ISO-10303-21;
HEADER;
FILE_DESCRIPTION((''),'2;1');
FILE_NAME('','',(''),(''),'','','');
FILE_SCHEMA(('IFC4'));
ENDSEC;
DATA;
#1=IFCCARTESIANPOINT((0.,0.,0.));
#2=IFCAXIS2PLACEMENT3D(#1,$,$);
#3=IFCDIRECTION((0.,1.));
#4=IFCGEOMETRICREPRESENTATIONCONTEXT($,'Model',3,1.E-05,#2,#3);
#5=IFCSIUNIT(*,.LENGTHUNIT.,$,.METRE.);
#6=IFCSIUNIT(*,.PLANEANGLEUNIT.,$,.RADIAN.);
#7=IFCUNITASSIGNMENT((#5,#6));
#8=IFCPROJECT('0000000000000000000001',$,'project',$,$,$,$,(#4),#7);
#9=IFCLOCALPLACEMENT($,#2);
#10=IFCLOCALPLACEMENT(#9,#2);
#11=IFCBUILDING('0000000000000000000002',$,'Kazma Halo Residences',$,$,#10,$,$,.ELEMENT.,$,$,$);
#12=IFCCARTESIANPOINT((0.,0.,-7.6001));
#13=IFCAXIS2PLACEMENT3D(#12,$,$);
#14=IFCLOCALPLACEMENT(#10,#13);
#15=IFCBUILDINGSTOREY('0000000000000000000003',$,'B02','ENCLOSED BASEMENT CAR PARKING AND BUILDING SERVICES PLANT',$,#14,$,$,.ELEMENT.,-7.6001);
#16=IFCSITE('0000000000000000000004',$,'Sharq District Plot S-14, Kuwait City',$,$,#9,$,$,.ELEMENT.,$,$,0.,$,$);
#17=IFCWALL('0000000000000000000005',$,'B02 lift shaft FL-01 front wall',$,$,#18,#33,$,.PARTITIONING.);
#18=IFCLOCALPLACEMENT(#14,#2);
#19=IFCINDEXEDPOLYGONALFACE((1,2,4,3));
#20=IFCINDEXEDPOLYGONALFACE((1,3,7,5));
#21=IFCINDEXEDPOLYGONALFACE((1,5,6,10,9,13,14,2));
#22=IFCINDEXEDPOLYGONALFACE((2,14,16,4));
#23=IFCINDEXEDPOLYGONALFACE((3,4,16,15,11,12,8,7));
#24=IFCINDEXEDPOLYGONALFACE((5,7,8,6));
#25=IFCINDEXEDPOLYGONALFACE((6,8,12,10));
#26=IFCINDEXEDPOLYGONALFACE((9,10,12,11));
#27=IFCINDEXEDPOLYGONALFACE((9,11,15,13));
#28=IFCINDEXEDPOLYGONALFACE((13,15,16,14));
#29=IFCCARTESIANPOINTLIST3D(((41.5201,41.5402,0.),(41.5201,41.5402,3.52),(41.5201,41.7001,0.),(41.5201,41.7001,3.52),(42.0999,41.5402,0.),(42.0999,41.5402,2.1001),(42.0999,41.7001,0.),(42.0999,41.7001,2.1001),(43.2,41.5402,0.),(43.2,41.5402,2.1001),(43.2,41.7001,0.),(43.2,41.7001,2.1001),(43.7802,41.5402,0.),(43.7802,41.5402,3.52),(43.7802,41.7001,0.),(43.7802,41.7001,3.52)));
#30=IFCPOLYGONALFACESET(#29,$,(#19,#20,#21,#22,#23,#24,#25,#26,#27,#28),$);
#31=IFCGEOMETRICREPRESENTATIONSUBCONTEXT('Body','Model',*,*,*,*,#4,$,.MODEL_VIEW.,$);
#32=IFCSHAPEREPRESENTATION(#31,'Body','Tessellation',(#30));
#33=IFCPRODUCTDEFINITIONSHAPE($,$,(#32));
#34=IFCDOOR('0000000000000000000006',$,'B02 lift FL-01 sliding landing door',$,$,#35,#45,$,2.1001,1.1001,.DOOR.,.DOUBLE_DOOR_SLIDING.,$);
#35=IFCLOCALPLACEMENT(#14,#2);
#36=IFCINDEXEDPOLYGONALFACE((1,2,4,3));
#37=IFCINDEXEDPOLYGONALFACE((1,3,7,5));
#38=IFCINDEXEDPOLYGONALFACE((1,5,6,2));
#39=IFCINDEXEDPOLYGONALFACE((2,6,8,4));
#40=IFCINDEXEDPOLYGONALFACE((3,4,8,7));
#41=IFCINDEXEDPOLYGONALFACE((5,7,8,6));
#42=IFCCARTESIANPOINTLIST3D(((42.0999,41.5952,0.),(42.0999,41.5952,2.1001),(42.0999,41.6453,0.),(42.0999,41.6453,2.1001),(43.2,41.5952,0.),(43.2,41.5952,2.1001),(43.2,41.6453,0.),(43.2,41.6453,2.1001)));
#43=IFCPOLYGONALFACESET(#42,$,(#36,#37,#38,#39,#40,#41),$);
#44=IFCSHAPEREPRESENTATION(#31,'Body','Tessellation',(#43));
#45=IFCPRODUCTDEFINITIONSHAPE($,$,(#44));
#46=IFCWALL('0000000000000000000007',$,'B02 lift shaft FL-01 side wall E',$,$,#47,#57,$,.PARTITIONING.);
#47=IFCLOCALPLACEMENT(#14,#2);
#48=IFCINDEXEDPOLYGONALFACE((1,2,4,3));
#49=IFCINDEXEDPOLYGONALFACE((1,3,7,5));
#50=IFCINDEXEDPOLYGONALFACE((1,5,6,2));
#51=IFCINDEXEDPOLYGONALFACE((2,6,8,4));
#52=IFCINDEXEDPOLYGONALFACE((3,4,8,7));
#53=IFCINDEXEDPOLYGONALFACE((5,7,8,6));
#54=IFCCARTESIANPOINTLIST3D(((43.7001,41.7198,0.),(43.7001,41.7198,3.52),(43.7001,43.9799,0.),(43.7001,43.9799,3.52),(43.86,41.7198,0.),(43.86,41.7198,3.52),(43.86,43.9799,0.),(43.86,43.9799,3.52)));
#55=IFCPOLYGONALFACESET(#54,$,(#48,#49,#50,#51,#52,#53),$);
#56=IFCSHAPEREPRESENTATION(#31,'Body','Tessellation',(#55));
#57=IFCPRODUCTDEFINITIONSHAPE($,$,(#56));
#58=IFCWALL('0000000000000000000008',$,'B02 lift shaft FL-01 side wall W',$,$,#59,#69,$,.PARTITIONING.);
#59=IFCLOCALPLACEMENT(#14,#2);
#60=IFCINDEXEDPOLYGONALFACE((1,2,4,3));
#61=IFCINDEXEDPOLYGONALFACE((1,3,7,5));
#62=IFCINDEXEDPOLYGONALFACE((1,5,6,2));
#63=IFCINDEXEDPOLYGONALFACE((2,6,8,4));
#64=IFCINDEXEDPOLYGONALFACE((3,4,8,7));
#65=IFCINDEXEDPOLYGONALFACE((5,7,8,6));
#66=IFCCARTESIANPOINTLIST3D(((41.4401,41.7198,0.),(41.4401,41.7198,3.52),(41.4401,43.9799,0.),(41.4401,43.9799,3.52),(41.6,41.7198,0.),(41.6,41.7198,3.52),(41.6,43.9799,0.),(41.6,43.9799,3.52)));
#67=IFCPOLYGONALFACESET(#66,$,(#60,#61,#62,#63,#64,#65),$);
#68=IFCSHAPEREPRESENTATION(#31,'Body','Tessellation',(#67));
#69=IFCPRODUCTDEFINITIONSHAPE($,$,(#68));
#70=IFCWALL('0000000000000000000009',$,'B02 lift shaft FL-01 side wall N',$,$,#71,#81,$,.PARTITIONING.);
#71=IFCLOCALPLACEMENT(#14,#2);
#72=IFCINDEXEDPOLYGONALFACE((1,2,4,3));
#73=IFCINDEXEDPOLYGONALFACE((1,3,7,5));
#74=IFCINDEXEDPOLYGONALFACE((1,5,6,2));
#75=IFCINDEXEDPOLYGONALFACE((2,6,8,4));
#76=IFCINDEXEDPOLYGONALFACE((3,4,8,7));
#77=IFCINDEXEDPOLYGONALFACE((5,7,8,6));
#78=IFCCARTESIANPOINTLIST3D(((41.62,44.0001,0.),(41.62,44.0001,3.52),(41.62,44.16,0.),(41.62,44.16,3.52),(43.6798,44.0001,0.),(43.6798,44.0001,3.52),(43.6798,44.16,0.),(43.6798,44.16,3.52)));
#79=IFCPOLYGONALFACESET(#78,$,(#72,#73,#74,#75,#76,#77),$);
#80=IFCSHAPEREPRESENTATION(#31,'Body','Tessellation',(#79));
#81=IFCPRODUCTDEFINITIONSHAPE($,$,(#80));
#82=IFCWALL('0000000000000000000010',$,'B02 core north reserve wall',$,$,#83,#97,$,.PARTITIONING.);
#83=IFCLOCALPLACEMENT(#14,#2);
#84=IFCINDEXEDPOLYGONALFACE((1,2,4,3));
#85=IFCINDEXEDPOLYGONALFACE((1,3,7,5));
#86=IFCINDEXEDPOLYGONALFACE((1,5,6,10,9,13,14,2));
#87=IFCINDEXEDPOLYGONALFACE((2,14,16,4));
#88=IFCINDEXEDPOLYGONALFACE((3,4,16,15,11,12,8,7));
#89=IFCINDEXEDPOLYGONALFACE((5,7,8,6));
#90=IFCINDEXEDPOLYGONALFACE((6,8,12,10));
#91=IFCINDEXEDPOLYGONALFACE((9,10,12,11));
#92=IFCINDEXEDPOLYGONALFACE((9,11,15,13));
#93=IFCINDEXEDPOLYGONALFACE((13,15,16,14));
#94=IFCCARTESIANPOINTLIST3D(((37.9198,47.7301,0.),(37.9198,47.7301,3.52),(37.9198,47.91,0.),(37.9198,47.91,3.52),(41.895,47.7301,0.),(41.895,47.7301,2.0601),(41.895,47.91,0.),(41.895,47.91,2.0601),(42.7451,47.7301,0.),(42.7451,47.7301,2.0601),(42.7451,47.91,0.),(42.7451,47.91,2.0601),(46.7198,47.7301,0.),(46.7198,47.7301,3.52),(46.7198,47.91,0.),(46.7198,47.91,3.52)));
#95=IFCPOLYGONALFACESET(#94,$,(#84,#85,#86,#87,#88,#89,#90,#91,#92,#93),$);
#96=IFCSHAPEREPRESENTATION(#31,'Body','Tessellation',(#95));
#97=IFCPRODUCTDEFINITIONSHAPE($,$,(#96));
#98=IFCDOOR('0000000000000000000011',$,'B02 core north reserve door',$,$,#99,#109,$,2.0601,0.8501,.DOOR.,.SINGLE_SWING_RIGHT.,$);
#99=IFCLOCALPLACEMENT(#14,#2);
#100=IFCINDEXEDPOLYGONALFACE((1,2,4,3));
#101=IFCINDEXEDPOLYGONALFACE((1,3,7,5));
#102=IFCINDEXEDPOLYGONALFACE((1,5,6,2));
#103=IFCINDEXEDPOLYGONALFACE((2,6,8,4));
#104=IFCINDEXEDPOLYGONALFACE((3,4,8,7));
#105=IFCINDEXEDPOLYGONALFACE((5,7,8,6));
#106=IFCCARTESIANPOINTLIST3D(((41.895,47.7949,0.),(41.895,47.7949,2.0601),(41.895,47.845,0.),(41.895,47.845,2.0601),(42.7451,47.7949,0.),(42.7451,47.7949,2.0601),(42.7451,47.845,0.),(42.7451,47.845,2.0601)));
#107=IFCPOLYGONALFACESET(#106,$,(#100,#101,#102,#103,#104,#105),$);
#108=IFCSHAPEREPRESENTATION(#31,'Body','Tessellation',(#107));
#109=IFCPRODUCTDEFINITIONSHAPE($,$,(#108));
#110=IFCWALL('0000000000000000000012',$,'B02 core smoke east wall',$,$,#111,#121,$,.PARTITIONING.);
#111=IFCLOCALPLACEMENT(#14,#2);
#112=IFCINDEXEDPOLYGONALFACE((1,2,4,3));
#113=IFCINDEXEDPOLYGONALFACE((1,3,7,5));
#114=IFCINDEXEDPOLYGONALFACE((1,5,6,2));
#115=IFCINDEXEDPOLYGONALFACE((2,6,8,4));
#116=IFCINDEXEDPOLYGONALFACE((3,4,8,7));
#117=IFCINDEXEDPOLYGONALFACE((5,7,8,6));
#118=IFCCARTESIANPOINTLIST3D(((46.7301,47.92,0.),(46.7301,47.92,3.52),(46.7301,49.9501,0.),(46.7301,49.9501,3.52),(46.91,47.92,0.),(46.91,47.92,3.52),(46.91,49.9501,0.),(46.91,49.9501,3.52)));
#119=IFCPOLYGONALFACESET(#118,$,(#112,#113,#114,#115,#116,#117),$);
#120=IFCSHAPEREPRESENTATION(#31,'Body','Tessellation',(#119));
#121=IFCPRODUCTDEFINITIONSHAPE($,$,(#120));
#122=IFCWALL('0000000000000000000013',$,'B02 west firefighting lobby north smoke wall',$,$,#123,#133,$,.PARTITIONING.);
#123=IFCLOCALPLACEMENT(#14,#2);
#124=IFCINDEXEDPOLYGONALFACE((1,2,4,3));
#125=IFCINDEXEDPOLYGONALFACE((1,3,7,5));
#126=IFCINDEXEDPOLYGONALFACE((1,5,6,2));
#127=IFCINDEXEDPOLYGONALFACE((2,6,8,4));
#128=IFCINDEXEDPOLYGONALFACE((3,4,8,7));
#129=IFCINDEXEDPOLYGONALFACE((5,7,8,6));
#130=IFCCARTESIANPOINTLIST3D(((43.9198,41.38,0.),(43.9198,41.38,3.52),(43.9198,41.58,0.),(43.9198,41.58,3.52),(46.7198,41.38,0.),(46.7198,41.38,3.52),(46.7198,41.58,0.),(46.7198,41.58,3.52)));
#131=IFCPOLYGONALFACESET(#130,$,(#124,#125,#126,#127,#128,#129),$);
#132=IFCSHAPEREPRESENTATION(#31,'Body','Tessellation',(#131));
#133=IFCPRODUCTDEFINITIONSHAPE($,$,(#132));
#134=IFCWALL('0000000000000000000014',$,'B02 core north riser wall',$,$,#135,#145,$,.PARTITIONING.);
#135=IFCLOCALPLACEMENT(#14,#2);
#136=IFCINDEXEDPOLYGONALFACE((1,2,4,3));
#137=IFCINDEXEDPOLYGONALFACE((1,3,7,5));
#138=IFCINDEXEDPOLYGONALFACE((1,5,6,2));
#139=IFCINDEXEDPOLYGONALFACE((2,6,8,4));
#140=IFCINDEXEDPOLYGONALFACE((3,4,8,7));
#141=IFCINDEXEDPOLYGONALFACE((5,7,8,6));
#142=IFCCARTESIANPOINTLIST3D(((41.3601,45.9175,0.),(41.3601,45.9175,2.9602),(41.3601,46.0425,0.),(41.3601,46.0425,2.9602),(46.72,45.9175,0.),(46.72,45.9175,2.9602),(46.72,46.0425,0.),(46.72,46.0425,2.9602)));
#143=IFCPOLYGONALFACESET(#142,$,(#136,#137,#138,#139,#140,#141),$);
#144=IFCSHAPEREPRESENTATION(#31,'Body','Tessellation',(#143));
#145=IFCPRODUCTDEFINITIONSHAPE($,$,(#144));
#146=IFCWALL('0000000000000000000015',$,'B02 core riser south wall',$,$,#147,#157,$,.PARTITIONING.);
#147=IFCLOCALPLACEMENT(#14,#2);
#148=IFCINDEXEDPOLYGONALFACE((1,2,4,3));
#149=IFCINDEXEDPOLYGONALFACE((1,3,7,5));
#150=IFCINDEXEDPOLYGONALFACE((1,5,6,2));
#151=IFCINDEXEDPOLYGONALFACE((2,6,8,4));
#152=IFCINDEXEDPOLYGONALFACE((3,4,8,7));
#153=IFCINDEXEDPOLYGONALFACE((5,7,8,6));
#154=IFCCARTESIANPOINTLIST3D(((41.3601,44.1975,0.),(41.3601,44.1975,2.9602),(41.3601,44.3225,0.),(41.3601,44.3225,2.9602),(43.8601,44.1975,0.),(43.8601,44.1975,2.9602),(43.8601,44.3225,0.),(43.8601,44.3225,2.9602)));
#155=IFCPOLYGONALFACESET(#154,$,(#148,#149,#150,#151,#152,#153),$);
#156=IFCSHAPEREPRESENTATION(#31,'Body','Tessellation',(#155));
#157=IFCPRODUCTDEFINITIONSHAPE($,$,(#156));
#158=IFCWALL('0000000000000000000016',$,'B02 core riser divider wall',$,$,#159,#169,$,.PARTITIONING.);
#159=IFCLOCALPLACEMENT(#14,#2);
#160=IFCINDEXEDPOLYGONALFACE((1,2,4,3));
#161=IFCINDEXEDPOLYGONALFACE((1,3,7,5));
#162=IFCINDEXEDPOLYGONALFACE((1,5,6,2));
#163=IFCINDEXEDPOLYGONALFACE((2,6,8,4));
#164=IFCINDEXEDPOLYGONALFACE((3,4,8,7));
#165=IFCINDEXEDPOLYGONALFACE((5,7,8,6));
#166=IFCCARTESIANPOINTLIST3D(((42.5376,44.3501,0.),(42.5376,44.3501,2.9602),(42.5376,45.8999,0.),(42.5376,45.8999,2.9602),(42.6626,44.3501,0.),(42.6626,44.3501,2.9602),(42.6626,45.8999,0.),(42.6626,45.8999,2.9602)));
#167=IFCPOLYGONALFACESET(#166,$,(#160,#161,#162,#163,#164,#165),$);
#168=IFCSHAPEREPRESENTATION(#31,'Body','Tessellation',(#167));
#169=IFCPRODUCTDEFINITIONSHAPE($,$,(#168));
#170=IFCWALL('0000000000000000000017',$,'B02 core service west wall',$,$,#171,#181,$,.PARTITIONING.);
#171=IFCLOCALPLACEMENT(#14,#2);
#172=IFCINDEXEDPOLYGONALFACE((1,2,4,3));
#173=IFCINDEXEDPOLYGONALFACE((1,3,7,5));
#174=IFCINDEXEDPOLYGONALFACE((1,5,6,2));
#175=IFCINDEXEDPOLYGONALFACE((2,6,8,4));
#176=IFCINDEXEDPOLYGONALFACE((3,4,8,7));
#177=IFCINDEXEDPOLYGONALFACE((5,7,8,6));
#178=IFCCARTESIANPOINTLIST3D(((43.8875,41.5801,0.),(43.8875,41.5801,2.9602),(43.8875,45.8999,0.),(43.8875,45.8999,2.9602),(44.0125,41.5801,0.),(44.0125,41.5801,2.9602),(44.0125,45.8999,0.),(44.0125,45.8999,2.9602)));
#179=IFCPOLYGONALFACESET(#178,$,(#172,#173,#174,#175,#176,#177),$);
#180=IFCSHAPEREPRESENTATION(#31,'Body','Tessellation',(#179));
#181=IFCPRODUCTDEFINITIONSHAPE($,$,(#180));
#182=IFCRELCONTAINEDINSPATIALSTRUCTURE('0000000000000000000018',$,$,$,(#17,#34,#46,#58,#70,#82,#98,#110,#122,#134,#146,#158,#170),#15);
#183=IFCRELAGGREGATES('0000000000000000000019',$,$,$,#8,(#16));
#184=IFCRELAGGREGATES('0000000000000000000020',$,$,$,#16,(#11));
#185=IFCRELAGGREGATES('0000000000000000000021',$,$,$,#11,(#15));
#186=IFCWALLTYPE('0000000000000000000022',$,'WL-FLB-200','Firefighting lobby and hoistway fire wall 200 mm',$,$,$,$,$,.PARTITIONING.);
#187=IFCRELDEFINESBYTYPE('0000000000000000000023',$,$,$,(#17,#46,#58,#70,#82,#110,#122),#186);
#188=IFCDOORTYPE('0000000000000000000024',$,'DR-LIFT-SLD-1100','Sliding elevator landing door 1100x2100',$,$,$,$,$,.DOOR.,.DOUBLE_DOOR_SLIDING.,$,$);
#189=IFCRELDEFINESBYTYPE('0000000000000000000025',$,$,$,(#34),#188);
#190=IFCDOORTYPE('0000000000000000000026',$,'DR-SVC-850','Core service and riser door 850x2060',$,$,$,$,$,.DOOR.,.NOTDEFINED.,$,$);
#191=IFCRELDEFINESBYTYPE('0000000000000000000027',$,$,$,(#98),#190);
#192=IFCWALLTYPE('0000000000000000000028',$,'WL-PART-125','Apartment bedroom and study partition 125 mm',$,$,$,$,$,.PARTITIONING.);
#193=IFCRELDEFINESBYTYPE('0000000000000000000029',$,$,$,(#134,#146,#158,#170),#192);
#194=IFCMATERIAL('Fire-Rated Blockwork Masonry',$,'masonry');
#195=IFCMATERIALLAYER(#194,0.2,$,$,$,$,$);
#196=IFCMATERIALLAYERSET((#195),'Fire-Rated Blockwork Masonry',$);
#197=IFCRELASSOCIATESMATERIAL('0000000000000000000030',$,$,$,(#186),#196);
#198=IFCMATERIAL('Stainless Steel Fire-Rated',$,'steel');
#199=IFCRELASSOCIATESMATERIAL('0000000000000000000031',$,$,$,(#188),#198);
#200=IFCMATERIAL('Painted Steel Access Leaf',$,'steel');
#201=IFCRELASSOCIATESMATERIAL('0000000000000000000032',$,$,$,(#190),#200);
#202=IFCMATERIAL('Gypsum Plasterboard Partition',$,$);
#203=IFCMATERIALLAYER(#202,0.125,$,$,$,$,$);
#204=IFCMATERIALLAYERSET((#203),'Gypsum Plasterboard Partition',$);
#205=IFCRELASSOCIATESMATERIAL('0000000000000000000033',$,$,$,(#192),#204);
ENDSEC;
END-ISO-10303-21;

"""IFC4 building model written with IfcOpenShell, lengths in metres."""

from ifc_helpers import new_model, si_unit, direction, frame, frame_2d, origin, place, context, subcontext, project, spatial, rectangle, extrude, material, layer, layer_set, type_object, element, fill, save


model = new_model("IFC4")

# Units and contexts
model_context = context("Model", 3, precision=1e-05, world=origin(), true_north=direction((0.0, 1.0)))
body_context = subcontext(model_context, "Body", "Model", "MODEL_VIEW")
ifc_project = project(units=[si_unit("LENGTHUNIT", "METRE"), si_unit("PLANEANGLEUNIT", "RADIAN")], contexts=[model_context])

# Site, building, storey
site_placement = place(None, origin())
site = spatial("IfcSite", under=ifc_project, at=site_placement, Name="Sharq District Plot S-14, Kuwait City", CompositionType="ELEMENT", RefElevation=0.0)
building_placement = place(site_placement, origin())
building = spatial("IfcBuilding", under=site, at=building_placement, Name="Kazma Halo Residences", CompositionType="ELEMENT")
storey_placement = place(building_placement, frame((0.0, 0.0, -7.6001)))
storey = spatial("IfcBuildingStorey", under=building, at=storey_placement, Name="B02", Description="ENCLOSED BASEMENT CAR PARKING AND BUILDING SERVICES PLANT", CompositionType="ELEMENT", Elevation=-7.6001)

# Wall, opening, door
ifc_material_1 = material(Name="Fire-Rated Blockwork Masonry", Category="masonry")
ifc_layer_1 = layer(ifc_material_1, 0.2)
ifc_layer_set_1 = layer_set([ifc_layer_1], Name="Fire-Rated Blockwork Masonry")
wall_type_1 = type_object("IfcWallType", Name="WL-FLB-200", Description="Firefighting lobby and hoistway fire wall 200 mm", PredefinedType="PARTITIONING", material=ifc_layer_set_1)
wall_1_placement = place(storey_placement, frame((43.78, 41.6201, 0.0), z_axis=(0.0, 0.0, 1.0), x_axis=(-1.0, 0.0, 0.0)))
wall_1 = element("IfcWall", 1, at=wall_1_placement, inside=storey, type_object=wall_type_1, Name="B02 lift shaft FL-01 front wall", PredefinedType="PARTITIONING", context=body_context, shape_type="SweptSolid", body=[
    extrude(rectangle(XDim=2.26, YDim=0.1599, at=frame_2d((1.1299, 0.0))), origin(), (0.0, 0.0, 1.0), 3.52),
])
opening_1_placement = place(wall_1_placement, frame((0.5801, 0.0, 0.0)))
opening_1 = element("IfcOpeningElement", 2, at=opening_1_placement, cuts=wall_1, PredefinedType="OPENING", context=body_context, shape_type="SweptSolid", body=[
    extrude(rectangle(XDim=1.1001, YDim=2.1001, at=frame_2d((0.55, 1.05))), frame((0.0, 0.0898, 0.0), z_axis=(0.0, -1.0, 0.0), x_axis=(1.0, 0.0, 0.0)), (0.0, 0.0, 1.0), 0.1799),
])
ifc_material_2 = material(Name="Stainless Steel Fire-Rated", Category="steel")
door_type_1 = type_object("IfcDoorType", Name="DR-LIFT-SLD-1100", Description="Sliding elevator landing door 1100x2100", OperationType="DOUBLE_DOOR_SLIDING", PredefinedType="DOOR", material=ifc_material_2)
door_1_placement = place(opening_1_placement, origin())
door_1 = element("IfcDoor", 3, at=door_1_placement, inside=storey, type_object=door_type_1, Name="B02 lift FL-01 sliding landing door", OperationType="DOUBLE_DOOR_SLIDING", OverallHeight=2.1001, OverallWidth=1.1001, PredefinedType="DOOR", context=body_context, shape_type="SweptSolid", body=[
    extrude(rectangle(XDim=1.1001, YDim=2.1001, at=frame_2d((0.55, 1.05))), frame((0.0, 0.0249, 0.0), z_axis=(0.0, -1.0, 0.0), x_axis=(1.0, 0.0, 0.0)), (0.0, 0.0, 1.0), 0.05),
])
fill(opening_1, door_1)

# Walls
for number, where, z_axis, x_axis, name in (
    (4, (43.78, 41.72, 0.0), (0.0, 0.0, 1.0), (0.0, 1.0, 0.0), "B02 lift shaft FL-01 side wall E"),
    (5, (41.52, 41.72, 0.0), (0.0, 0.0, 1.0), (0.0, 1.0, 0.0), "B02 lift shaft FL-01 side wall W"),
):
    element("IfcWall", number, at=place(storey_placement, frame(where, z_axis=z_axis, x_axis=x_axis)), inside=storey, type_object=wall_type_1, Name=name, PredefinedType="PARTITIONING", context=body_context, shape_type="SweptSolid", body=[
        extrude(rectangle(XDim=2.26, YDim=0.1599, at=frame_2d((1.1299, 0.0))), origin(), (0.0, 0.0, 1.0), 3.52),
    ])
wall_2_placement = place(storey_placement, frame((41.6201, 44.0801, 0.0), z_axis=(0.0, 0.0, 1.0), x_axis=(1.0, 0.0, 0.0)))
element("IfcWall", 6, at=wall_2_placement, inside=storey, type_object=wall_type_1, Name="B02 lift shaft FL-01 side wall N", PredefinedType="PARTITIONING", context=body_context, shape_type="SweptSolid", body=[
    extrude(rectangle(XDim=2.0598, YDim=0.1599, at=frame_2d((1.0298, 0.0))), origin(), (0.0, 0.0, 1.0), 3.52),
])

# Wall, opening, door
wall_3_placement = place(storey_placement, frame((37.9199, 47.8201, 0.0), z_axis=(0.0, 0.0, 1.0), x_axis=(1.0, 0.0, 0.0)))
wall_3 = element("IfcWall", 7, at=wall_3_placement, inside=storey, type_object=wall_type_1, Name="B02 core north reserve wall", PredefinedType="PARTITIONING", context=body_context, shape_type="SweptSolid", body=[
    extrude(rectangle(XDim=8.8, YDim=0.1799, at=frame_2d((4.3999, 0.0))), origin(), (0.0, 0.0, 1.0), 3.52),
])
opening_2_placement = place(wall_3_placement, frame((3.9751, 0.0, 0.0)))
opening_2 = element("IfcOpeningElement", 8, at=opening_2_placement, cuts=wall_3, PredefinedType="OPENING", context=body_context, shape_type="SweptSolid", body=[
    extrude(rectangle(XDim=0.8501, YDim=2.0601, at=frame_2d((0.425, 1.03))), frame((0.0, 0.0999, 0.0), z_axis=(0.0, -1.0, 0.0), x_axis=(1.0, 0.0, 0.0)), (0.0, 0.0, 1.0), 0.2),
])
ifc_material_3 = material(Name="Painted Steel Access Leaf", Category="steel")
door_type_2 = type_object("IfcDoorType", Name="DR-SVC-850", Description="Core service and riser door 850x2060", OperationType="NOTDEFINED", PredefinedType="DOOR", material=ifc_material_3)
door_2_placement = place(opening_2_placement, origin())
door_2 = element("IfcDoor", 9, at=door_2_placement, inside=storey, type_object=door_type_2, Name="B02 core north reserve door", OperationType="SINGLE_SWING_RIGHT", OverallHeight=2.0601, OverallWidth=0.8501, PredefinedType="DOOR", context=body_context, shape_type="SweptSolid", body=[
    extrude(rectangle(XDim=0.8501, YDim=2.0601, at=frame_2d((0.425, 1.03))), frame((0.0, 0.0249, 0.0), z_axis=(0.0, -1.0, 0.0), x_axis=(1.0, 0.0, 0.0)), (0.0, 0.0, 1.0), 0.05),
])
fill(opening_2, door_2)

# Walls
wall_4_placement = place(storey_placement, frame((46.8201, 47.9199, 0.0), z_axis=(0.0, 0.0, 1.0), x_axis=(0.0, 1.0, 0.0)))
element("IfcWall", 10, at=wall_4_placement, inside=storey, type_object=wall_type_1, Name="B02 core smoke east wall", PredefinedType="PARTITIONING", context=body_context, shape_type="SweptSolid", body=[
    extrude(rectangle(XDim=2.03, YDim=0.1799, at=frame_2d((1.0151, 0.0))), origin(), (0.0, 0.0, 1.0), 3.52),
])
wall_5_placement = place(storey_placement, frame((43.9199, 41.48, 0.0), z_axis=(0.0, 0.0, 1.0), x_axis=(1.0, 0.0, 0.0)))
element("IfcWall", 11, at=wall_5_placement, inside=storey, type_object=wall_type_1, Name="B02 west firefighting lobby north smoke wall", PredefinedType="PARTITIONING", context=body_context, shape_type="SweptSolid", body=[
    extrude(rectangle(XDim=2.8, YDim=0.2, at=frame_2d((1.3999, 0.0))), origin(), (0.0, 0.0, 1.0), 3.52),
])
ifc_material_4 = material(Name="Gypsum Plasterboard Partition")
ifc_layer_2 = layer(ifc_material_4, 0.125)
ifc_layer_set_2 = layer_set([ifc_layer_2], Name="Gypsum Plasterboard Partition")
wall_type_2 = type_object("IfcWallType", Name="WL-PART-125", Description="Apartment bedroom and study partition 125 mm", PredefinedType="PARTITIONING", material=ifc_layer_set_2)
wall_6_placement = place(storey_placement, frame((41.3601, 45.98, 0.0), z_axis=(0.0, 0.0, 1.0), x_axis=(1.0, 0.0, 0.0)))
element("IfcWall", 12, at=wall_6_placement, inside=storey, type_object=wall_type_2, Name="B02 core north riser wall", PredefinedType="PARTITIONING", context=body_context, shape_type="SweptSolid", body=[
    extrude(rectangle(XDim=5.3599, YDim=0.125, at=frame_2d((2.6799, 0.0))), origin(), (0.0, 0.0, 1.0), 2.9602),
])
wall_7_placement = place(storey_placement, frame((41.3601, 44.26, 0.0), z_axis=(0.0, 0.0, 1.0), x_axis=(1.0, 0.0, 0.0)))
element("IfcWall", 13, at=wall_7_placement, inside=storey, type_object=wall_type_2, Name="B02 core riser south wall", PredefinedType="PARTITIONING", context=body_context, shape_type="SweptSolid", body=[
    extrude(rectangle(XDim=2.5, YDim=0.125, at=frame_2d((1.25, 0.0))), origin(), (0.0, 0.0, 1.0), 2.9602),
])
wall_8_placement = place(storey_placement, frame((42.6001, 44.3501, 0.0), z_axis=(0.0, 0.0, 1.0), x_axis=(0.0, 1.0, 0.0)))
element("IfcWall", 14, at=wall_8_placement, inside=storey, type_object=wall_type_2, Name="B02 core riser divider wall", PredefinedType="PARTITIONING", context=body_context, shape_type="SweptSolid", body=[
    extrude(rectangle(XDim=1.5498, YDim=0.125, at=frame_2d((0.7749, 0.0))), origin(), (0.0, 0.0, 1.0), 2.9602),
])
wall_9_placement = place(storey_placement, frame((43.95, 41.5801, 0.0), z_axis=(0.0, 0.0, 1.0), x_axis=(0.0, 1.0, 0.0)))
element("IfcWall", 15, at=wall_9_placement, inside=storey, type_object=wall_type_2, Name="B02 core service west wall", PredefinedType="PARTITIONING", context=body_context, shape_type="SweptSolid", body=[
    extrude(rectangle(XDim=4.3198, YDim=0.125, at=frame_2d((2.1599, 0.0))), origin(), (0.0, 0.0, 1.0), 2.9602),
])

save(model, "model.ifc")
